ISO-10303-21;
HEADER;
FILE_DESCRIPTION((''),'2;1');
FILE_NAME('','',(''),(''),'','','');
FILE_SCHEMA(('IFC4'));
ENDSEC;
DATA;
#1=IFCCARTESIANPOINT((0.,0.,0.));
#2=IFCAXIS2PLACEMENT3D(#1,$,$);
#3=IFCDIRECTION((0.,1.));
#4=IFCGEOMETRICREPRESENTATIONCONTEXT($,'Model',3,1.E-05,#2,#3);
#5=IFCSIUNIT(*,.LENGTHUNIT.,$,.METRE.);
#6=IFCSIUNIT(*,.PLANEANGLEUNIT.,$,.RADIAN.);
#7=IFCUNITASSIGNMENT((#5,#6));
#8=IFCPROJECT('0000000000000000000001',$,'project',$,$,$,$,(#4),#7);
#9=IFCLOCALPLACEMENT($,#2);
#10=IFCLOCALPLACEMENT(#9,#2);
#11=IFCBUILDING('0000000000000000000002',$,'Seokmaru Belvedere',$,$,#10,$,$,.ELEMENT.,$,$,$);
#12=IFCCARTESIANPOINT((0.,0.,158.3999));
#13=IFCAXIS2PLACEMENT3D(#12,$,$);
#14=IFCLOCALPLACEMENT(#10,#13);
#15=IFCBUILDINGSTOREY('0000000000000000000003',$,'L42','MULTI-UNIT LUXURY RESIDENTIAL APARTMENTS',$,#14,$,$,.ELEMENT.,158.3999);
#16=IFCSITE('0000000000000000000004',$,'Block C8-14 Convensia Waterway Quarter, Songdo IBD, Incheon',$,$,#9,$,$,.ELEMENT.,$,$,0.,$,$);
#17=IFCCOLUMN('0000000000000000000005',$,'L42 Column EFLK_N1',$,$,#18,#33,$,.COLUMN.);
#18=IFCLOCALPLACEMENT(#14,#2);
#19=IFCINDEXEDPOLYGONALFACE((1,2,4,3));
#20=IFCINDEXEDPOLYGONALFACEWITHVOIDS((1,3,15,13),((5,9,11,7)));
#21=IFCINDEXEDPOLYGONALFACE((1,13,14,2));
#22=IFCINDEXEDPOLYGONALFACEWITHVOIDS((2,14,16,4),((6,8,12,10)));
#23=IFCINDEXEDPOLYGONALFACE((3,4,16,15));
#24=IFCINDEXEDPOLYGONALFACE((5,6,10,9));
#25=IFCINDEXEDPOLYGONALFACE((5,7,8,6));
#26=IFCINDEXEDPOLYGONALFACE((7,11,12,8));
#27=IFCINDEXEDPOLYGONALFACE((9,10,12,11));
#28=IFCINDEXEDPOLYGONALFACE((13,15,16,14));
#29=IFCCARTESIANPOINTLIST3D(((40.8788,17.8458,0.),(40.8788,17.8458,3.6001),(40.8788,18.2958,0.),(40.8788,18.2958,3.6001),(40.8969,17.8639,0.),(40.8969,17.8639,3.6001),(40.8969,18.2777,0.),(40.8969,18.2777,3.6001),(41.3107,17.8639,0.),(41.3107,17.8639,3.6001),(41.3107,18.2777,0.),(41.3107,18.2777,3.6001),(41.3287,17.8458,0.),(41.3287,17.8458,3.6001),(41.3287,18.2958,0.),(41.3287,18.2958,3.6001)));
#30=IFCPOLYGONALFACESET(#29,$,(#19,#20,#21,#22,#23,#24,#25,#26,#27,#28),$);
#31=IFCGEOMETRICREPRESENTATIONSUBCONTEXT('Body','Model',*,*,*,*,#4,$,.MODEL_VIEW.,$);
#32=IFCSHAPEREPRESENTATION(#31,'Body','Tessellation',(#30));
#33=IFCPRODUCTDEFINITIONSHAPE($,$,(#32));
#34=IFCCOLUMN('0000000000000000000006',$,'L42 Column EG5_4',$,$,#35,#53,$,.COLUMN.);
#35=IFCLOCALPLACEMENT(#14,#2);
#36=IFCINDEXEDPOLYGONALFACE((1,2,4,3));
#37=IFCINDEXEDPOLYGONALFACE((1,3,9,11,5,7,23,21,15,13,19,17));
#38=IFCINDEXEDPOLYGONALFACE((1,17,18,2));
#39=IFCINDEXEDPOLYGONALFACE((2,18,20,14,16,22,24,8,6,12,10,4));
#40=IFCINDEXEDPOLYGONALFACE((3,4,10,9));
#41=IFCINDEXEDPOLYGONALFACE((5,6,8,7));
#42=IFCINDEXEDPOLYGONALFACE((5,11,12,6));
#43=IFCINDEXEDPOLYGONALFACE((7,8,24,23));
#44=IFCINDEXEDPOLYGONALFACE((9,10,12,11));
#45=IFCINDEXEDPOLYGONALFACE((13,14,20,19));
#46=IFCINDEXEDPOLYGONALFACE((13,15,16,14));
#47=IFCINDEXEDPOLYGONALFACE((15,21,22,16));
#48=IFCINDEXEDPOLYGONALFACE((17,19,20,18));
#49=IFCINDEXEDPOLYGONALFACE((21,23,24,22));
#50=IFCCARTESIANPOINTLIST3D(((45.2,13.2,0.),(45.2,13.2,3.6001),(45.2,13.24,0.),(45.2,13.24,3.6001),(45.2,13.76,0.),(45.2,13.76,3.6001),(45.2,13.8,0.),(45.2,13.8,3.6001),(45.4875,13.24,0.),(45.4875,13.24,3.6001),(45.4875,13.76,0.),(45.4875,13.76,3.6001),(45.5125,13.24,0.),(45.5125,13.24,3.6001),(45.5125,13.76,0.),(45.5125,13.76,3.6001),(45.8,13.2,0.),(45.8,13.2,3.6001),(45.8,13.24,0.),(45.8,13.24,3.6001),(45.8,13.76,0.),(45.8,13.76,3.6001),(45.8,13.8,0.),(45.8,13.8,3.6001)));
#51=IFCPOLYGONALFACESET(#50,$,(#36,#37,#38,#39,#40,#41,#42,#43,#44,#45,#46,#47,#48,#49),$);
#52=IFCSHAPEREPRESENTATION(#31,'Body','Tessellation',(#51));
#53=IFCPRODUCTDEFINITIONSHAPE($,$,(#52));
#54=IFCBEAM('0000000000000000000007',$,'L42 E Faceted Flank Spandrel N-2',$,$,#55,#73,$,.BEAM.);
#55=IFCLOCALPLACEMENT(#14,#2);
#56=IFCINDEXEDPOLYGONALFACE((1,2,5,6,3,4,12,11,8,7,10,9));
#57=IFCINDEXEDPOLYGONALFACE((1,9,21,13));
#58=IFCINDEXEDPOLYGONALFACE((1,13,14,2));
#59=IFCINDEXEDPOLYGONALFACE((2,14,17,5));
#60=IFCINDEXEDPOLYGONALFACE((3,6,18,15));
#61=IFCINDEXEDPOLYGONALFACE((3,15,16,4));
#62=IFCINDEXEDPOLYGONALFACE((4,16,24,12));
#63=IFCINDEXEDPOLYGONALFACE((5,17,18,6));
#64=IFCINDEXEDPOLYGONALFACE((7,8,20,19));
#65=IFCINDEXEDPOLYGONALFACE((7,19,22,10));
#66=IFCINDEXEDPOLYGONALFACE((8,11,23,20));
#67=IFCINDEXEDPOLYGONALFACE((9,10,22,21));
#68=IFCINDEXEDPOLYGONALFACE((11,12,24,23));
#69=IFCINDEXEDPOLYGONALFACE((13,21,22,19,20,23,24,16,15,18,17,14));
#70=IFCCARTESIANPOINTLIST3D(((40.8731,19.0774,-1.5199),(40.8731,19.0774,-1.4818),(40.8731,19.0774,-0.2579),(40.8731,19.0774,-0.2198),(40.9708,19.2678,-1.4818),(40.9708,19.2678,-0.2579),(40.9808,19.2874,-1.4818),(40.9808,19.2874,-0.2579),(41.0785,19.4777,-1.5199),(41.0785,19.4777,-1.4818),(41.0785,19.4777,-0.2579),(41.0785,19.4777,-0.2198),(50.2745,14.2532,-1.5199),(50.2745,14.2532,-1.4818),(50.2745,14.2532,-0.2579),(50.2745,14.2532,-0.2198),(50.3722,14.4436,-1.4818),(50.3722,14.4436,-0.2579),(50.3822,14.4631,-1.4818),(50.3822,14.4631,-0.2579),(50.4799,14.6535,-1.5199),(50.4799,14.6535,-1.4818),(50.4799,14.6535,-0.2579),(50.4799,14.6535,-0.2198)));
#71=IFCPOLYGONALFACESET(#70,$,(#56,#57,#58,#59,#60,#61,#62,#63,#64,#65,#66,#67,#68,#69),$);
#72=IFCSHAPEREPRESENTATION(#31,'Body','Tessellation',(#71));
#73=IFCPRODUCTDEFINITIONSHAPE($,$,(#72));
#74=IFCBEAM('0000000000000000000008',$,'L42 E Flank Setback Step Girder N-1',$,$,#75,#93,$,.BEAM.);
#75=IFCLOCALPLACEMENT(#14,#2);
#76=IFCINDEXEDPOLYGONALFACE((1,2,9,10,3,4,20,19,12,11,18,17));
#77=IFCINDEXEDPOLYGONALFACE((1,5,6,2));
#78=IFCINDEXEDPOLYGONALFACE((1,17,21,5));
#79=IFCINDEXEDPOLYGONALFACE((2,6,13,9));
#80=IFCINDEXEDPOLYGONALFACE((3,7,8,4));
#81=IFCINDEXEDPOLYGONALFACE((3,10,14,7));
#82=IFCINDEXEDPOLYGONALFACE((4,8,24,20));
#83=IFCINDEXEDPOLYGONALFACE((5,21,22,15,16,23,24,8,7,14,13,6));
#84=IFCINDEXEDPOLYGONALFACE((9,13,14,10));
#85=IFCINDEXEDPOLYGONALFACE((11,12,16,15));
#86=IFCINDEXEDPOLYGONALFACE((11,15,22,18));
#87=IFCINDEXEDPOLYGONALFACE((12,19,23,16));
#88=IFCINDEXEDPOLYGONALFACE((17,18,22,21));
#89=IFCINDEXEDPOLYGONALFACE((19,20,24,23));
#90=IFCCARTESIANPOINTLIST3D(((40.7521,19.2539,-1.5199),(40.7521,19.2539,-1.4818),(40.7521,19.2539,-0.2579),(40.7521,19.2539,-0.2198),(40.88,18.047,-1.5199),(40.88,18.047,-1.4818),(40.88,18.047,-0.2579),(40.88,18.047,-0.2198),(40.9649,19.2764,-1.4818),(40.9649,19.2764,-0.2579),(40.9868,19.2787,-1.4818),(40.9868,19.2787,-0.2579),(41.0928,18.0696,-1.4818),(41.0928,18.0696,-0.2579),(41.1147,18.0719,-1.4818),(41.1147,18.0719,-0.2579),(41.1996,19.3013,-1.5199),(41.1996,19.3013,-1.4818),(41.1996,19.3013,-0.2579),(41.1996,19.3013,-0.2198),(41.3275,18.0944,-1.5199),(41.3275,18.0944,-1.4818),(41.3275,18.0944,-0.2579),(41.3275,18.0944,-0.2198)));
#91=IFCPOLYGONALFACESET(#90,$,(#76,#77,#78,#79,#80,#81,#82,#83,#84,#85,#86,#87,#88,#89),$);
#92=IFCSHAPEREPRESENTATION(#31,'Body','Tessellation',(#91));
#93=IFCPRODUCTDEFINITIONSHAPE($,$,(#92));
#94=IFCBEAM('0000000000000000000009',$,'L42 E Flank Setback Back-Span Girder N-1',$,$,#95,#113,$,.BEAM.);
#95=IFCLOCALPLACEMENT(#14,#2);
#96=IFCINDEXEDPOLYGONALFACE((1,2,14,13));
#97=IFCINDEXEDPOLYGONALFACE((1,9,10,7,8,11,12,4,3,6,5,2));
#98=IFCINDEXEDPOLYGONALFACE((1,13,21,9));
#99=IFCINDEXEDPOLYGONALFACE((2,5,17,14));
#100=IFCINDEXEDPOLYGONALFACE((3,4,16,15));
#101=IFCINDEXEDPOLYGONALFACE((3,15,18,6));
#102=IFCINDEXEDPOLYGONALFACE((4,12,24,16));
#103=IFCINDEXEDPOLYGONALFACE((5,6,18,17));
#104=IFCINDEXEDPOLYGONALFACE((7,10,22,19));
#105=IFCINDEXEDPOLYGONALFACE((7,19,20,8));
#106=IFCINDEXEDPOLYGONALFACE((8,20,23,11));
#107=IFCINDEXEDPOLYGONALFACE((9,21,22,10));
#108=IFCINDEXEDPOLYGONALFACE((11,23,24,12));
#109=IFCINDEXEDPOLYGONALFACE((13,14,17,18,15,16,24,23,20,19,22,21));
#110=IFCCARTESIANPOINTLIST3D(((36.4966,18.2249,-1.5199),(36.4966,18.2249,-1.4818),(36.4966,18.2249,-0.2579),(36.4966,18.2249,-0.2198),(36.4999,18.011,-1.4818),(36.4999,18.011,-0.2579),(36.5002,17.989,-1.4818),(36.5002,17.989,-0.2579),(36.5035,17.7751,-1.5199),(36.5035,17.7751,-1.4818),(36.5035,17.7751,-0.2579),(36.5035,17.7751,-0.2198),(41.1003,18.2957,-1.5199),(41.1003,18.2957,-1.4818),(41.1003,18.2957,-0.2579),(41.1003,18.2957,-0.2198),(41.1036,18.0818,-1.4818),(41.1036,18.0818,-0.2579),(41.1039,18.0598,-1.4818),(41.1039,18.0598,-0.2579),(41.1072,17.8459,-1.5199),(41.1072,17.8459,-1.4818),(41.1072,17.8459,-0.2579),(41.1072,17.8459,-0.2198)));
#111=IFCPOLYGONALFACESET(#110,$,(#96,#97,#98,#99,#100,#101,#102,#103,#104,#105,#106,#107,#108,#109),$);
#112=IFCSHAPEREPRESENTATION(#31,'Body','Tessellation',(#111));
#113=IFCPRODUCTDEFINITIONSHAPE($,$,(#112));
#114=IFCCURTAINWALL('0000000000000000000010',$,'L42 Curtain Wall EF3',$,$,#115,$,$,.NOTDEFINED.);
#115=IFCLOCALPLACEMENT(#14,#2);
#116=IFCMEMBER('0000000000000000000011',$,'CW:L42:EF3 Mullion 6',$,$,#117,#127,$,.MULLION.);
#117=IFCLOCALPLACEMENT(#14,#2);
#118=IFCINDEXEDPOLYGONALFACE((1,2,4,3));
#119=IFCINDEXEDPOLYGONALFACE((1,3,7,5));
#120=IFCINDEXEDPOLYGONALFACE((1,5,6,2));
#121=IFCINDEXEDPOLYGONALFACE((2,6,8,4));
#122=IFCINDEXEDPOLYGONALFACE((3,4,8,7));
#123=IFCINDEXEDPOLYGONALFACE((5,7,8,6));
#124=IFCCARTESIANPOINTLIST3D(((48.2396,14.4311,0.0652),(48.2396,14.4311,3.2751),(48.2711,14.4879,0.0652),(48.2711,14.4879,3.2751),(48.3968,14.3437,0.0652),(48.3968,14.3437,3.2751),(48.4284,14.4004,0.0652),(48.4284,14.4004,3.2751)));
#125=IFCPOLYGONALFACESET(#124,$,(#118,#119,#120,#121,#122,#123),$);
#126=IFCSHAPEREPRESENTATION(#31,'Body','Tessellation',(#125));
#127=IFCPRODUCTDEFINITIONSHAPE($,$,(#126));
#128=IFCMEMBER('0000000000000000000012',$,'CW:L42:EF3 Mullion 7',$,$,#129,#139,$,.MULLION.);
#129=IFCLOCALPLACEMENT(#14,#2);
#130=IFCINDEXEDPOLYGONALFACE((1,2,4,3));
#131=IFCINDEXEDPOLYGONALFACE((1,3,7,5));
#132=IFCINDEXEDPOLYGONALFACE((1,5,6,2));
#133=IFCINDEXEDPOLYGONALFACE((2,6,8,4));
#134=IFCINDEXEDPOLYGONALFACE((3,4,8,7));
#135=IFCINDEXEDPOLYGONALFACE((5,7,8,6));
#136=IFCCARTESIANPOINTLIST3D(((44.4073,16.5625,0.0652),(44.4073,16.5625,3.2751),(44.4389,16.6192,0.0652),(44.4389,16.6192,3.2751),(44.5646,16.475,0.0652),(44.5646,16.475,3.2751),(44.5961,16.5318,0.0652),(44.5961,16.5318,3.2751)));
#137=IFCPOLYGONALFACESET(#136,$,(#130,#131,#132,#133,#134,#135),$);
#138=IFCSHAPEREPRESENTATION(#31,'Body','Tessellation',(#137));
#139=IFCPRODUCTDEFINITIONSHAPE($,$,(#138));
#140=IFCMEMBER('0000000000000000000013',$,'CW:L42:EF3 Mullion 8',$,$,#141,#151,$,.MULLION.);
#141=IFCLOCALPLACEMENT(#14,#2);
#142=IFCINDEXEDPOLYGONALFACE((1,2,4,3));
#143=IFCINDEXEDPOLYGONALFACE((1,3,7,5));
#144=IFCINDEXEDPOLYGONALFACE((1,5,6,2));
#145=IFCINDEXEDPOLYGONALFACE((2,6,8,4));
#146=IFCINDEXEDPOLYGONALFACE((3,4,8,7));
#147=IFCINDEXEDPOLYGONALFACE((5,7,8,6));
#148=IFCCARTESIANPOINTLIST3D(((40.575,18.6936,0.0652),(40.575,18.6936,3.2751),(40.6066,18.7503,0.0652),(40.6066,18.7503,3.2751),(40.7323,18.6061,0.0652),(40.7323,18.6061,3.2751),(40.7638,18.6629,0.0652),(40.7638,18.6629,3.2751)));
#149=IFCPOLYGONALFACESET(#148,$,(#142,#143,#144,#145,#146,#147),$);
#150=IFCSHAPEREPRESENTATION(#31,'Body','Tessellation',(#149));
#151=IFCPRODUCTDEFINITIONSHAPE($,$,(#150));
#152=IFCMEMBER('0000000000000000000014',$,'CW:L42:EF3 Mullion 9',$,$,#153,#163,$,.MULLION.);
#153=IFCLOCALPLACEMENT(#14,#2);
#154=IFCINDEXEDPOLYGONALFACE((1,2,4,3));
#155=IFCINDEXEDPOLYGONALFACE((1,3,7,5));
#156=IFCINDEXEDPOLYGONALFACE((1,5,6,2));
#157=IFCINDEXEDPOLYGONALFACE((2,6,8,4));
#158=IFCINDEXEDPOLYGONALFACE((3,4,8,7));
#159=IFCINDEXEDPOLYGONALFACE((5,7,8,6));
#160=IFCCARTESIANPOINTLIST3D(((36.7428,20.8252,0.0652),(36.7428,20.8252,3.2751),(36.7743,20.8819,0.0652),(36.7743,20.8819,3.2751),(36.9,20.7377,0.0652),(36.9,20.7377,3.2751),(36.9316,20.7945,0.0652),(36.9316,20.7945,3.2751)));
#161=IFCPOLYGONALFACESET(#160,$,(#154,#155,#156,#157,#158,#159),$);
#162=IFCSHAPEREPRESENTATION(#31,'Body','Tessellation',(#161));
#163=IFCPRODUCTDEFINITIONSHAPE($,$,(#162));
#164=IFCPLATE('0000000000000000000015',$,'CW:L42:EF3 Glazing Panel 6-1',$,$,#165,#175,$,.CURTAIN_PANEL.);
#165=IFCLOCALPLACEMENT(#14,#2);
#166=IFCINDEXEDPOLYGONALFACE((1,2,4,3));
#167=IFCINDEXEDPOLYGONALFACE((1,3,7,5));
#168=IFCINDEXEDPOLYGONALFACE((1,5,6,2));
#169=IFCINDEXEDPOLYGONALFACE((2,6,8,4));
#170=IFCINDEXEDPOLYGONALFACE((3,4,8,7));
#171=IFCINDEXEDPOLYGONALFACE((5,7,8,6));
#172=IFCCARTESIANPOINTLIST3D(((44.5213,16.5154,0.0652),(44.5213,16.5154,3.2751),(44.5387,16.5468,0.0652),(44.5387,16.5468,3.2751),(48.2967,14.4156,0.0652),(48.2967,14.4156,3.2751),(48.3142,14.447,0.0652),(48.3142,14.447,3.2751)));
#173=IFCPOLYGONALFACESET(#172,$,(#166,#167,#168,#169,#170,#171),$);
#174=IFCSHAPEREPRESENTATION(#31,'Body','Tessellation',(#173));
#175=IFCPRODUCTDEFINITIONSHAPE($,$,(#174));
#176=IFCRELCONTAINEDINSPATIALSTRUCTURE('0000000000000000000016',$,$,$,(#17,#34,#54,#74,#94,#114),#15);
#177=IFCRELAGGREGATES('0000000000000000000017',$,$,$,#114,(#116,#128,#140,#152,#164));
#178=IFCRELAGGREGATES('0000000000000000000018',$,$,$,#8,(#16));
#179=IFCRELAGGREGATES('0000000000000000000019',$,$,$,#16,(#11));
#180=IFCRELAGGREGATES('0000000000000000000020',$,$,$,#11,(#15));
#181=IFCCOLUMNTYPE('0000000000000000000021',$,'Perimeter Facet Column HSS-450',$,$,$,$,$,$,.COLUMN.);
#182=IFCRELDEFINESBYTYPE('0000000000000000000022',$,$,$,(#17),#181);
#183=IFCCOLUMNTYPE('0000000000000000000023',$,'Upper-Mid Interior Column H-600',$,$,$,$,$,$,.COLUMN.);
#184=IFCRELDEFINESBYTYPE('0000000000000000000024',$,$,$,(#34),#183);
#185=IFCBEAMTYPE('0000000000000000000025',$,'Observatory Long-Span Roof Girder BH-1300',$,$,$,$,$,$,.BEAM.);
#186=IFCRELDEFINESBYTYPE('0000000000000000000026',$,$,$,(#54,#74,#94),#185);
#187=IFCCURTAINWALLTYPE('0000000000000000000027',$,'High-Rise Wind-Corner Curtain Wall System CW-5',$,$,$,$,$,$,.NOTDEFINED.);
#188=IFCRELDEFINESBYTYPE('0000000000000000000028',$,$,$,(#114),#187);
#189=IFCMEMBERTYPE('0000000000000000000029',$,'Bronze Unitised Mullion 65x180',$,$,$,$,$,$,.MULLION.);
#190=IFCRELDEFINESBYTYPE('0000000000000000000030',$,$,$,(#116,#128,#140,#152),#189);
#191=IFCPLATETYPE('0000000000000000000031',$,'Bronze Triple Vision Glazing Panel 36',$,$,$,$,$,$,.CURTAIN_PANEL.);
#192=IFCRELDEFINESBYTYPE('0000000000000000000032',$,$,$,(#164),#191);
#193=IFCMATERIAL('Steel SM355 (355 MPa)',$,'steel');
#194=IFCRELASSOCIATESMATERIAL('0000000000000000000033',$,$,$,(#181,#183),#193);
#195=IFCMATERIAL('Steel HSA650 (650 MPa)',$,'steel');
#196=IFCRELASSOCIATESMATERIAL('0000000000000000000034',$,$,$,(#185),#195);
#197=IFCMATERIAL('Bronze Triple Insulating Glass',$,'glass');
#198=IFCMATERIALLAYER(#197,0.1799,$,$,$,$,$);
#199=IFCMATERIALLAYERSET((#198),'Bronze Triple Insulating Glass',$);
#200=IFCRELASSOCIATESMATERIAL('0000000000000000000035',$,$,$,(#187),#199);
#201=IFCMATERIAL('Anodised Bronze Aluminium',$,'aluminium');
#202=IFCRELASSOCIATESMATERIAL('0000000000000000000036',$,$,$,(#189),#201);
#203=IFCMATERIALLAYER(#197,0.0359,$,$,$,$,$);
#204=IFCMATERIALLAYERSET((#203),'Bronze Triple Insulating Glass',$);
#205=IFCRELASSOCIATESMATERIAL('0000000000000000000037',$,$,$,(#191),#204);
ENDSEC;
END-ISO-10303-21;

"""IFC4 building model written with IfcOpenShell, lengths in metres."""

from ifc_helpers import new_model, si_unit, direction, frame, origin, origin_2d, place, context, subcontext, project, spatial, rectangle, hollow_rectangle, i_section, extrude, source, transform, mapped, material, layer, layer_set, material_profile, profile_set, type_object, type_shapes, element, aggregate, save


model = new_model("IFC4")

# Units and contexts
model_context = context("Model", 3, precision=1e-05, world=origin(), true_north=direction((0.0, 1.0)))
body_context = subcontext(model_context, "Body", "Model", "MODEL_VIEW")
ifc_project = project(units=[si_unit("LENGTHUNIT", "METRE"), si_unit("PLANEANGLEUNIT", "RADIAN")], contexts=[model_context])

# Site, building, storey
site_placement = place(None, origin())
site = spatial("IfcSite", under=ifc_project, at=site_placement, Name="Block C8-14 Convensia Waterway Quarter, Songdo IBD, Incheon", CompositionType="ELEMENT", RefElevation=0.0)
building_placement = place(site_placement, origin())
building = spatial("IfcBuilding", under=site, at=building_placement, Name="Seokmaru Belvedere", CompositionType="ELEMENT")
storey_placement = place(building_placement, frame((0.0, 0.0, 158.3999)))
storey = spatial("IfcBuildingStorey", under=building, at=storey_placement, Name="L42", Description="MULTI-UNIT LUXURY RESIDENTIAL APARTMENTS", CompositionType="ELEMENT", Elevation=158.3999)

# Columns
ifc_material_1 = material(Name="Steel SM355 (355 MPa)", Category="steel")
ifc_material_profile_1 = material_profile(ifc_material_1, hollow_rectangle(XDim=0.45, YDim=0.45, WallThickness=0.0181, at=origin_2d()), Name="HSS-450x450x18")
ifc_profile_set_1 = profile_set([ifc_material_profile_1], Name="Steel SM355 (355 MPa)")
column_type_1 = type_object("IfcColumnType", Name="Perimeter Facet Column HSS-450", PredefinedType="COLUMN", material=ifc_profile_set_1)
shared_shape_1 = source(origin(), body_context, "Body", "SweptSolid", [
    extrude(hollow_rectangle(XDim=0.45, YDim=0.45, WallThickness=0.0181, at=origin_2d()), origin(), (0.0, 0.0, 1.0), 3.6001),
])
type_shapes(column_type_1, [shared_shape_1])
column_1_placement = place(storey_placement, frame((41.1038, 18.0708, 0.0), z_axis=(0.0, 0.0, 1.0), x_axis=(1.0, 0.0, 0.0)))
element("IfcColumn", 1, at=column_1_placement, inside=storey, type_object=column_type_1, Name="L42 Column EFLK_N1", PredefinedType="COLUMN", context=body_context, shape_type="MappedRepresentation", body=[
    mapped(shared_shape_1, transform((0.0, 0.0, 0.0), scale=1.0)),
])
ifc_material_profile_2 = material_profile(ifc_material_1, i_section(OverallWidth=0.6001, OverallDepth=0.6001, WebThickness=0.0249, FlangeThickness=0.04, at=origin_2d()), Name="H-600x600x25x40")
ifc_profile_set_2 = profile_set([ifc_material_profile_2], Name="Steel SM355 (355 MPa)")
column_type_2 = type_object("IfcColumnType", Name="Upper-Mid Interior Column H-600", PredefinedType="COLUMN", material=ifc_profile_set_2)
shared_shape_2 = source(origin(), body_context, "Body", "SweptSolid", [
    extrude(i_section(OverallWidth=0.6001, OverallDepth=0.6001, WebThickness=0.0249, FlangeThickness=0.04, at=origin_2d()), origin(), (0.0, 0.0, 1.0), 3.6001),
])
type_shapes(column_type_2, [shared_shape_2])
column_2_placement = place(storey_placement, frame((45.5, 13.5, 0.0), z_axis=(0.0, 0.0, 1.0), x_axis=(1.0, 0.0, 0.0)))
element("IfcColumn", 2, at=column_2_placement, inside=storey, type_object=column_type_2, Name="L42 Column EG5_4", PredefinedType="COLUMN", context=body_context, shape_type="MappedRepresentation", body=[
    mapped(shared_shape_2, transform((0.0, 0.0, 0.0), scale=1.0)),
])

# Beams
ifc_material_2 = material(Name="Steel HSA650 (650 MPa)", Category="steel")
ifc_material_profile_3 = material_profile(ifc_material_2, i_section(OverallWidth=0.45, OverallDepth=1.3, WebThickness=0.022, FlangeThickness=0.0381, at=origin_2d()), Name="BH-1300x450x22x38")
ifc_profile_set_3 = profile_set([ifc_material_profile_3], Name="Steel HSA650 (650 MPa)")
beam_type = type_object("IfcBeamType", Name="Observatory Long-Span Roof Girder BH-1300", PredefinedType="BEAM", material=ifc_profile_set_3)
shared_shape_3 = source(origin(), body_context, "Body", "SweptSolid", [
    extrude(i_section(OverallWidth=0.45, OverallDepth=1.3, WebThickness=0.022, FlangeThickness=0.0381, at=origin_2d()), origin(), (0.0, 0.0, 1.0), 10.5669),
])
beam_1_placement = place(storey_placement, frame((40.9758, 19.2776, -0.8699), z_axis=(0.889702, -0.456542, 0.0), x_axis=(0.456542, 0.889702, 0.0)))
element("IfcBeam", 3, at=beam_1_placement, inside=storey, type_object=beam_type, Name="L42 E Faceted Flank Spandrel N-2", PredefinedType="BEAM", context=body_context, shape_type="MappedRepresentation", body=[
    mapped(shared_shape_3, transform((0.0, 0.0, 0.0), scale=1.0)),
])
shared_shape_4 = source(origin(), body_context, "Body", "SweptSolid", [
    extrude(i_section(OverallWidth=0.45, OverallDepth=1.3, WebThickness=0.022, FlangeThickness=0.0381, at=origin_2d()), origin(), (0.0, 0.0, 1.0), 1.2136),
])
beam_2_placement = place(storey_placement, frame((40.9758, 19.2776, -0.8699), z_axis=(0.105418, -0.994428, 0.0), x_axis=(0.994428, 0.105418, 0.0)))
element("IfcBeam", 4, at=beam_2_placement, inside=storey, type_object=beam_type, Name="L42 E Flank Setback Step Girder N-1", PredefinedType="BEAM", context=body_context, shape_type="MappedRepresentation", body=[
    mapped(shared_shape_4, transform((0.0, 0.0, 0.0), scale=1.0)),
])
shared_shape_5 = source(origin(), body_context, "Body", "SweptSolid", [
    extrude(i_section(OverallWidth=0.45, OverallDepth=1.3, WebThickness=0.022, FlangeThickness=0.0381, at=origin_2d()), origin(), (0.0, 0.0, 1.0), 4.6042),
])
type_shapes(beam_type, [shared_shape_3, shared_shape_4, shared_shape_5])
beam_3_placement = place(storey_placement, frame((41.1038, 18.0708, -0.8699), z_axis=(-0.999882, -0.015377, 0.0), x_axis=(0.015377, -0.999882, 0.0)))
element("IfcBeam", 5, at=beam_3_placement, inside=storey, type_object=beam_type, Name="L42 E Flank Setback Back-Span Girder N-1", PredefinedType="BEAM", context=body_context, shape_type="MappedRepresentation", body=[
    mapped(shared_shape_5, transform((0.0, 0.0, 0.0), scale=1.0)),
])

# Curtain wall, members, plate
ifc_material_3 = material(Name="Bronze Triple Insulating Glass", Category="glass")
ifc_layer_1 = layer(ifc_material_3, 0.1799)
ifc_layer_set_1 = layer_set([ifc_layer_1], Name="Bronze Triple Insulating Glass")
curtain_wall_type = type_object("IfcCurtainWallType", Name="High-Rise Wind-Corner Curtain Wall System CW-5", PredefinedType="NOTDEFINED", material=ifc_layer_set_1)
curtain_wall_placement = place(storey_placement, origin())
curtain_wall = element("IfcCurtainWall", 6, at=curtain_wall_placement, inside=storey, type_object=curtain_wall_type, Name="L42 Curtain Wall EF3", PredefinedType="NOTDEFINED")
ifc_material_4 = material(Name="Anodised Bronze Aluminium", Category="aluminium")
ifc_material_profile_4 = material_profile(ifc_material_4, rectangle(XDim=0.0649, YDim=0.1799, at=origin_2d()), Name="CW-M-65x180")
ifc_profile_set_4 = profile_set([ifc_material_profile_4], Name="Anodised Bronze Aluminium")
member_type = type_object("IfcMemberType", Name="Bronze Unitised Mullion 65x180", PredefinedType="MULLION", material=ifc_profile_set_4)
shared_shape_6 = source(origin(), body_context, "Body", "SweptSolid", [
    extrude(rectangle(XDim=0.0649, YDim=0.1799, at=origin_2d()), origin(), (0.0, 0.0, 1.0), 3.21),
])
type_shapes(member_type, [shared_shape_6])
member_1_placement = place(storey_placement, frame((48.334, 14.4158, 0.0652), z_axis=(0.0, 0.0, 1.0), x_axis=(-0.486047, -0.873933, 0.0)))
member_1 = element("IfcMember", 7, at=member_1_placement, type_object=member_type, Name="CW:L42:EF3 Mullion 6", PredefinedType="MULLION", context=body_context, shape_type="MappedRepresentation", body=[
    mapped(shared_shape_6, transform((0.0, 0.0, 0.0), scale=1.0)),
])
member_2_placement = place(storey_placement, frame((44.5017, 16.5471, 0.0652), z_axis=(0.0, 0.0, 1.0), x_axis=(-0.486047, -0.873933, 0.0)))
member_2 = element("IfcMember", 8, at=member_2_placement, type_object=member_type, Name="CW:L42:EF3 Mullion 7", PredefinedType="MULLION", context=body_context, shape_type="MappedRepresentation", body=[
    mapped(shared_shape_6, transform((0.0, 0.0, 0.0), scale=1.0)),
])
member_3_placement = place(storey_placement, frame((40.6694, 18.6782, 0.0652), z_axis=(0.0, 0.0, 1.0), x_axis=(-0.486047, -0.873933, 0.0)))
member_3 = element("IfcMember", 9, at=member_3_placement, type_object=member_type, Name="CW:L42:EF3 Mullion 8", PredefinedType="MULLION", context=body_context, shape_type="MappedRepresentation", body=[
    mapped(shared_shape_6, transform((0.0, 0.0, 0.0), scale=1.0)),
])
member_4_placement = place(storey_placement, frame((36.8372, 20.8098, 0.0652), z_axis=(0.0, 0.0, 1.0), x_axis=(-0.486047, -0.873933, 0.0)))
member_4 = element("IfcMember", 10, at=member_4_placement, type_object=member_type, Name="CW:L42:EF3 Mullion 9", PredefinedType="MULLION", context=body_context, shape_type="MappedRepresentation", body=[
    mapped(shared_shape_6, transform((0.0, 0.0, 0.0), scale=1.0)),
])
ifc_layer_2 = layer(ifc_material_3, 0.0359)
ifc_layer_set_2 = layer_set([ifc_layer_2], Name="Bronze Triple Insulating Glass")
plate_type = type_object("IfcPlateType", Name="Bronze Triple Vision Glazing Panel 36", PredefinedType="CURTAIN_PANEL", material=ifc_layer_set_2)
shared_shape_7 = source(origin(), body_context, "Body", "SweptSolid", [
    extrude(rectangle(XDim=4.3201, YDim=0.0359, at=origin_2d()), origin(), (0.0, 0.0, 1.0), 3.21),
])
type_shapes(plate_type, [shared_shape_7])
plate_1_placement = place(storey_placement, frame((46.4177, 15.4812, 0.0652), z_axis=(0.0, 0.0, 1.0), x_axis=(-0.873933, 0.486047, 0.0)))
plate_1 = element("IfcPlate", 11, at=plate_1_placement, type_object=plate_type, Name="CW:L42:EF3 Glazing Panel 6-1", PredefinedType="CURTAIN_PANEL", context=body_context, shape_type="MappedRepresentation", body=[
    mapped(shared_shape_7, transform((0.0, 0.0, 0.0), scale=1.0)),
])
aggregate(curtain_wall, [member_1, member_2, member_3, member_4, plate_1])

save(model, "model.ifc")
